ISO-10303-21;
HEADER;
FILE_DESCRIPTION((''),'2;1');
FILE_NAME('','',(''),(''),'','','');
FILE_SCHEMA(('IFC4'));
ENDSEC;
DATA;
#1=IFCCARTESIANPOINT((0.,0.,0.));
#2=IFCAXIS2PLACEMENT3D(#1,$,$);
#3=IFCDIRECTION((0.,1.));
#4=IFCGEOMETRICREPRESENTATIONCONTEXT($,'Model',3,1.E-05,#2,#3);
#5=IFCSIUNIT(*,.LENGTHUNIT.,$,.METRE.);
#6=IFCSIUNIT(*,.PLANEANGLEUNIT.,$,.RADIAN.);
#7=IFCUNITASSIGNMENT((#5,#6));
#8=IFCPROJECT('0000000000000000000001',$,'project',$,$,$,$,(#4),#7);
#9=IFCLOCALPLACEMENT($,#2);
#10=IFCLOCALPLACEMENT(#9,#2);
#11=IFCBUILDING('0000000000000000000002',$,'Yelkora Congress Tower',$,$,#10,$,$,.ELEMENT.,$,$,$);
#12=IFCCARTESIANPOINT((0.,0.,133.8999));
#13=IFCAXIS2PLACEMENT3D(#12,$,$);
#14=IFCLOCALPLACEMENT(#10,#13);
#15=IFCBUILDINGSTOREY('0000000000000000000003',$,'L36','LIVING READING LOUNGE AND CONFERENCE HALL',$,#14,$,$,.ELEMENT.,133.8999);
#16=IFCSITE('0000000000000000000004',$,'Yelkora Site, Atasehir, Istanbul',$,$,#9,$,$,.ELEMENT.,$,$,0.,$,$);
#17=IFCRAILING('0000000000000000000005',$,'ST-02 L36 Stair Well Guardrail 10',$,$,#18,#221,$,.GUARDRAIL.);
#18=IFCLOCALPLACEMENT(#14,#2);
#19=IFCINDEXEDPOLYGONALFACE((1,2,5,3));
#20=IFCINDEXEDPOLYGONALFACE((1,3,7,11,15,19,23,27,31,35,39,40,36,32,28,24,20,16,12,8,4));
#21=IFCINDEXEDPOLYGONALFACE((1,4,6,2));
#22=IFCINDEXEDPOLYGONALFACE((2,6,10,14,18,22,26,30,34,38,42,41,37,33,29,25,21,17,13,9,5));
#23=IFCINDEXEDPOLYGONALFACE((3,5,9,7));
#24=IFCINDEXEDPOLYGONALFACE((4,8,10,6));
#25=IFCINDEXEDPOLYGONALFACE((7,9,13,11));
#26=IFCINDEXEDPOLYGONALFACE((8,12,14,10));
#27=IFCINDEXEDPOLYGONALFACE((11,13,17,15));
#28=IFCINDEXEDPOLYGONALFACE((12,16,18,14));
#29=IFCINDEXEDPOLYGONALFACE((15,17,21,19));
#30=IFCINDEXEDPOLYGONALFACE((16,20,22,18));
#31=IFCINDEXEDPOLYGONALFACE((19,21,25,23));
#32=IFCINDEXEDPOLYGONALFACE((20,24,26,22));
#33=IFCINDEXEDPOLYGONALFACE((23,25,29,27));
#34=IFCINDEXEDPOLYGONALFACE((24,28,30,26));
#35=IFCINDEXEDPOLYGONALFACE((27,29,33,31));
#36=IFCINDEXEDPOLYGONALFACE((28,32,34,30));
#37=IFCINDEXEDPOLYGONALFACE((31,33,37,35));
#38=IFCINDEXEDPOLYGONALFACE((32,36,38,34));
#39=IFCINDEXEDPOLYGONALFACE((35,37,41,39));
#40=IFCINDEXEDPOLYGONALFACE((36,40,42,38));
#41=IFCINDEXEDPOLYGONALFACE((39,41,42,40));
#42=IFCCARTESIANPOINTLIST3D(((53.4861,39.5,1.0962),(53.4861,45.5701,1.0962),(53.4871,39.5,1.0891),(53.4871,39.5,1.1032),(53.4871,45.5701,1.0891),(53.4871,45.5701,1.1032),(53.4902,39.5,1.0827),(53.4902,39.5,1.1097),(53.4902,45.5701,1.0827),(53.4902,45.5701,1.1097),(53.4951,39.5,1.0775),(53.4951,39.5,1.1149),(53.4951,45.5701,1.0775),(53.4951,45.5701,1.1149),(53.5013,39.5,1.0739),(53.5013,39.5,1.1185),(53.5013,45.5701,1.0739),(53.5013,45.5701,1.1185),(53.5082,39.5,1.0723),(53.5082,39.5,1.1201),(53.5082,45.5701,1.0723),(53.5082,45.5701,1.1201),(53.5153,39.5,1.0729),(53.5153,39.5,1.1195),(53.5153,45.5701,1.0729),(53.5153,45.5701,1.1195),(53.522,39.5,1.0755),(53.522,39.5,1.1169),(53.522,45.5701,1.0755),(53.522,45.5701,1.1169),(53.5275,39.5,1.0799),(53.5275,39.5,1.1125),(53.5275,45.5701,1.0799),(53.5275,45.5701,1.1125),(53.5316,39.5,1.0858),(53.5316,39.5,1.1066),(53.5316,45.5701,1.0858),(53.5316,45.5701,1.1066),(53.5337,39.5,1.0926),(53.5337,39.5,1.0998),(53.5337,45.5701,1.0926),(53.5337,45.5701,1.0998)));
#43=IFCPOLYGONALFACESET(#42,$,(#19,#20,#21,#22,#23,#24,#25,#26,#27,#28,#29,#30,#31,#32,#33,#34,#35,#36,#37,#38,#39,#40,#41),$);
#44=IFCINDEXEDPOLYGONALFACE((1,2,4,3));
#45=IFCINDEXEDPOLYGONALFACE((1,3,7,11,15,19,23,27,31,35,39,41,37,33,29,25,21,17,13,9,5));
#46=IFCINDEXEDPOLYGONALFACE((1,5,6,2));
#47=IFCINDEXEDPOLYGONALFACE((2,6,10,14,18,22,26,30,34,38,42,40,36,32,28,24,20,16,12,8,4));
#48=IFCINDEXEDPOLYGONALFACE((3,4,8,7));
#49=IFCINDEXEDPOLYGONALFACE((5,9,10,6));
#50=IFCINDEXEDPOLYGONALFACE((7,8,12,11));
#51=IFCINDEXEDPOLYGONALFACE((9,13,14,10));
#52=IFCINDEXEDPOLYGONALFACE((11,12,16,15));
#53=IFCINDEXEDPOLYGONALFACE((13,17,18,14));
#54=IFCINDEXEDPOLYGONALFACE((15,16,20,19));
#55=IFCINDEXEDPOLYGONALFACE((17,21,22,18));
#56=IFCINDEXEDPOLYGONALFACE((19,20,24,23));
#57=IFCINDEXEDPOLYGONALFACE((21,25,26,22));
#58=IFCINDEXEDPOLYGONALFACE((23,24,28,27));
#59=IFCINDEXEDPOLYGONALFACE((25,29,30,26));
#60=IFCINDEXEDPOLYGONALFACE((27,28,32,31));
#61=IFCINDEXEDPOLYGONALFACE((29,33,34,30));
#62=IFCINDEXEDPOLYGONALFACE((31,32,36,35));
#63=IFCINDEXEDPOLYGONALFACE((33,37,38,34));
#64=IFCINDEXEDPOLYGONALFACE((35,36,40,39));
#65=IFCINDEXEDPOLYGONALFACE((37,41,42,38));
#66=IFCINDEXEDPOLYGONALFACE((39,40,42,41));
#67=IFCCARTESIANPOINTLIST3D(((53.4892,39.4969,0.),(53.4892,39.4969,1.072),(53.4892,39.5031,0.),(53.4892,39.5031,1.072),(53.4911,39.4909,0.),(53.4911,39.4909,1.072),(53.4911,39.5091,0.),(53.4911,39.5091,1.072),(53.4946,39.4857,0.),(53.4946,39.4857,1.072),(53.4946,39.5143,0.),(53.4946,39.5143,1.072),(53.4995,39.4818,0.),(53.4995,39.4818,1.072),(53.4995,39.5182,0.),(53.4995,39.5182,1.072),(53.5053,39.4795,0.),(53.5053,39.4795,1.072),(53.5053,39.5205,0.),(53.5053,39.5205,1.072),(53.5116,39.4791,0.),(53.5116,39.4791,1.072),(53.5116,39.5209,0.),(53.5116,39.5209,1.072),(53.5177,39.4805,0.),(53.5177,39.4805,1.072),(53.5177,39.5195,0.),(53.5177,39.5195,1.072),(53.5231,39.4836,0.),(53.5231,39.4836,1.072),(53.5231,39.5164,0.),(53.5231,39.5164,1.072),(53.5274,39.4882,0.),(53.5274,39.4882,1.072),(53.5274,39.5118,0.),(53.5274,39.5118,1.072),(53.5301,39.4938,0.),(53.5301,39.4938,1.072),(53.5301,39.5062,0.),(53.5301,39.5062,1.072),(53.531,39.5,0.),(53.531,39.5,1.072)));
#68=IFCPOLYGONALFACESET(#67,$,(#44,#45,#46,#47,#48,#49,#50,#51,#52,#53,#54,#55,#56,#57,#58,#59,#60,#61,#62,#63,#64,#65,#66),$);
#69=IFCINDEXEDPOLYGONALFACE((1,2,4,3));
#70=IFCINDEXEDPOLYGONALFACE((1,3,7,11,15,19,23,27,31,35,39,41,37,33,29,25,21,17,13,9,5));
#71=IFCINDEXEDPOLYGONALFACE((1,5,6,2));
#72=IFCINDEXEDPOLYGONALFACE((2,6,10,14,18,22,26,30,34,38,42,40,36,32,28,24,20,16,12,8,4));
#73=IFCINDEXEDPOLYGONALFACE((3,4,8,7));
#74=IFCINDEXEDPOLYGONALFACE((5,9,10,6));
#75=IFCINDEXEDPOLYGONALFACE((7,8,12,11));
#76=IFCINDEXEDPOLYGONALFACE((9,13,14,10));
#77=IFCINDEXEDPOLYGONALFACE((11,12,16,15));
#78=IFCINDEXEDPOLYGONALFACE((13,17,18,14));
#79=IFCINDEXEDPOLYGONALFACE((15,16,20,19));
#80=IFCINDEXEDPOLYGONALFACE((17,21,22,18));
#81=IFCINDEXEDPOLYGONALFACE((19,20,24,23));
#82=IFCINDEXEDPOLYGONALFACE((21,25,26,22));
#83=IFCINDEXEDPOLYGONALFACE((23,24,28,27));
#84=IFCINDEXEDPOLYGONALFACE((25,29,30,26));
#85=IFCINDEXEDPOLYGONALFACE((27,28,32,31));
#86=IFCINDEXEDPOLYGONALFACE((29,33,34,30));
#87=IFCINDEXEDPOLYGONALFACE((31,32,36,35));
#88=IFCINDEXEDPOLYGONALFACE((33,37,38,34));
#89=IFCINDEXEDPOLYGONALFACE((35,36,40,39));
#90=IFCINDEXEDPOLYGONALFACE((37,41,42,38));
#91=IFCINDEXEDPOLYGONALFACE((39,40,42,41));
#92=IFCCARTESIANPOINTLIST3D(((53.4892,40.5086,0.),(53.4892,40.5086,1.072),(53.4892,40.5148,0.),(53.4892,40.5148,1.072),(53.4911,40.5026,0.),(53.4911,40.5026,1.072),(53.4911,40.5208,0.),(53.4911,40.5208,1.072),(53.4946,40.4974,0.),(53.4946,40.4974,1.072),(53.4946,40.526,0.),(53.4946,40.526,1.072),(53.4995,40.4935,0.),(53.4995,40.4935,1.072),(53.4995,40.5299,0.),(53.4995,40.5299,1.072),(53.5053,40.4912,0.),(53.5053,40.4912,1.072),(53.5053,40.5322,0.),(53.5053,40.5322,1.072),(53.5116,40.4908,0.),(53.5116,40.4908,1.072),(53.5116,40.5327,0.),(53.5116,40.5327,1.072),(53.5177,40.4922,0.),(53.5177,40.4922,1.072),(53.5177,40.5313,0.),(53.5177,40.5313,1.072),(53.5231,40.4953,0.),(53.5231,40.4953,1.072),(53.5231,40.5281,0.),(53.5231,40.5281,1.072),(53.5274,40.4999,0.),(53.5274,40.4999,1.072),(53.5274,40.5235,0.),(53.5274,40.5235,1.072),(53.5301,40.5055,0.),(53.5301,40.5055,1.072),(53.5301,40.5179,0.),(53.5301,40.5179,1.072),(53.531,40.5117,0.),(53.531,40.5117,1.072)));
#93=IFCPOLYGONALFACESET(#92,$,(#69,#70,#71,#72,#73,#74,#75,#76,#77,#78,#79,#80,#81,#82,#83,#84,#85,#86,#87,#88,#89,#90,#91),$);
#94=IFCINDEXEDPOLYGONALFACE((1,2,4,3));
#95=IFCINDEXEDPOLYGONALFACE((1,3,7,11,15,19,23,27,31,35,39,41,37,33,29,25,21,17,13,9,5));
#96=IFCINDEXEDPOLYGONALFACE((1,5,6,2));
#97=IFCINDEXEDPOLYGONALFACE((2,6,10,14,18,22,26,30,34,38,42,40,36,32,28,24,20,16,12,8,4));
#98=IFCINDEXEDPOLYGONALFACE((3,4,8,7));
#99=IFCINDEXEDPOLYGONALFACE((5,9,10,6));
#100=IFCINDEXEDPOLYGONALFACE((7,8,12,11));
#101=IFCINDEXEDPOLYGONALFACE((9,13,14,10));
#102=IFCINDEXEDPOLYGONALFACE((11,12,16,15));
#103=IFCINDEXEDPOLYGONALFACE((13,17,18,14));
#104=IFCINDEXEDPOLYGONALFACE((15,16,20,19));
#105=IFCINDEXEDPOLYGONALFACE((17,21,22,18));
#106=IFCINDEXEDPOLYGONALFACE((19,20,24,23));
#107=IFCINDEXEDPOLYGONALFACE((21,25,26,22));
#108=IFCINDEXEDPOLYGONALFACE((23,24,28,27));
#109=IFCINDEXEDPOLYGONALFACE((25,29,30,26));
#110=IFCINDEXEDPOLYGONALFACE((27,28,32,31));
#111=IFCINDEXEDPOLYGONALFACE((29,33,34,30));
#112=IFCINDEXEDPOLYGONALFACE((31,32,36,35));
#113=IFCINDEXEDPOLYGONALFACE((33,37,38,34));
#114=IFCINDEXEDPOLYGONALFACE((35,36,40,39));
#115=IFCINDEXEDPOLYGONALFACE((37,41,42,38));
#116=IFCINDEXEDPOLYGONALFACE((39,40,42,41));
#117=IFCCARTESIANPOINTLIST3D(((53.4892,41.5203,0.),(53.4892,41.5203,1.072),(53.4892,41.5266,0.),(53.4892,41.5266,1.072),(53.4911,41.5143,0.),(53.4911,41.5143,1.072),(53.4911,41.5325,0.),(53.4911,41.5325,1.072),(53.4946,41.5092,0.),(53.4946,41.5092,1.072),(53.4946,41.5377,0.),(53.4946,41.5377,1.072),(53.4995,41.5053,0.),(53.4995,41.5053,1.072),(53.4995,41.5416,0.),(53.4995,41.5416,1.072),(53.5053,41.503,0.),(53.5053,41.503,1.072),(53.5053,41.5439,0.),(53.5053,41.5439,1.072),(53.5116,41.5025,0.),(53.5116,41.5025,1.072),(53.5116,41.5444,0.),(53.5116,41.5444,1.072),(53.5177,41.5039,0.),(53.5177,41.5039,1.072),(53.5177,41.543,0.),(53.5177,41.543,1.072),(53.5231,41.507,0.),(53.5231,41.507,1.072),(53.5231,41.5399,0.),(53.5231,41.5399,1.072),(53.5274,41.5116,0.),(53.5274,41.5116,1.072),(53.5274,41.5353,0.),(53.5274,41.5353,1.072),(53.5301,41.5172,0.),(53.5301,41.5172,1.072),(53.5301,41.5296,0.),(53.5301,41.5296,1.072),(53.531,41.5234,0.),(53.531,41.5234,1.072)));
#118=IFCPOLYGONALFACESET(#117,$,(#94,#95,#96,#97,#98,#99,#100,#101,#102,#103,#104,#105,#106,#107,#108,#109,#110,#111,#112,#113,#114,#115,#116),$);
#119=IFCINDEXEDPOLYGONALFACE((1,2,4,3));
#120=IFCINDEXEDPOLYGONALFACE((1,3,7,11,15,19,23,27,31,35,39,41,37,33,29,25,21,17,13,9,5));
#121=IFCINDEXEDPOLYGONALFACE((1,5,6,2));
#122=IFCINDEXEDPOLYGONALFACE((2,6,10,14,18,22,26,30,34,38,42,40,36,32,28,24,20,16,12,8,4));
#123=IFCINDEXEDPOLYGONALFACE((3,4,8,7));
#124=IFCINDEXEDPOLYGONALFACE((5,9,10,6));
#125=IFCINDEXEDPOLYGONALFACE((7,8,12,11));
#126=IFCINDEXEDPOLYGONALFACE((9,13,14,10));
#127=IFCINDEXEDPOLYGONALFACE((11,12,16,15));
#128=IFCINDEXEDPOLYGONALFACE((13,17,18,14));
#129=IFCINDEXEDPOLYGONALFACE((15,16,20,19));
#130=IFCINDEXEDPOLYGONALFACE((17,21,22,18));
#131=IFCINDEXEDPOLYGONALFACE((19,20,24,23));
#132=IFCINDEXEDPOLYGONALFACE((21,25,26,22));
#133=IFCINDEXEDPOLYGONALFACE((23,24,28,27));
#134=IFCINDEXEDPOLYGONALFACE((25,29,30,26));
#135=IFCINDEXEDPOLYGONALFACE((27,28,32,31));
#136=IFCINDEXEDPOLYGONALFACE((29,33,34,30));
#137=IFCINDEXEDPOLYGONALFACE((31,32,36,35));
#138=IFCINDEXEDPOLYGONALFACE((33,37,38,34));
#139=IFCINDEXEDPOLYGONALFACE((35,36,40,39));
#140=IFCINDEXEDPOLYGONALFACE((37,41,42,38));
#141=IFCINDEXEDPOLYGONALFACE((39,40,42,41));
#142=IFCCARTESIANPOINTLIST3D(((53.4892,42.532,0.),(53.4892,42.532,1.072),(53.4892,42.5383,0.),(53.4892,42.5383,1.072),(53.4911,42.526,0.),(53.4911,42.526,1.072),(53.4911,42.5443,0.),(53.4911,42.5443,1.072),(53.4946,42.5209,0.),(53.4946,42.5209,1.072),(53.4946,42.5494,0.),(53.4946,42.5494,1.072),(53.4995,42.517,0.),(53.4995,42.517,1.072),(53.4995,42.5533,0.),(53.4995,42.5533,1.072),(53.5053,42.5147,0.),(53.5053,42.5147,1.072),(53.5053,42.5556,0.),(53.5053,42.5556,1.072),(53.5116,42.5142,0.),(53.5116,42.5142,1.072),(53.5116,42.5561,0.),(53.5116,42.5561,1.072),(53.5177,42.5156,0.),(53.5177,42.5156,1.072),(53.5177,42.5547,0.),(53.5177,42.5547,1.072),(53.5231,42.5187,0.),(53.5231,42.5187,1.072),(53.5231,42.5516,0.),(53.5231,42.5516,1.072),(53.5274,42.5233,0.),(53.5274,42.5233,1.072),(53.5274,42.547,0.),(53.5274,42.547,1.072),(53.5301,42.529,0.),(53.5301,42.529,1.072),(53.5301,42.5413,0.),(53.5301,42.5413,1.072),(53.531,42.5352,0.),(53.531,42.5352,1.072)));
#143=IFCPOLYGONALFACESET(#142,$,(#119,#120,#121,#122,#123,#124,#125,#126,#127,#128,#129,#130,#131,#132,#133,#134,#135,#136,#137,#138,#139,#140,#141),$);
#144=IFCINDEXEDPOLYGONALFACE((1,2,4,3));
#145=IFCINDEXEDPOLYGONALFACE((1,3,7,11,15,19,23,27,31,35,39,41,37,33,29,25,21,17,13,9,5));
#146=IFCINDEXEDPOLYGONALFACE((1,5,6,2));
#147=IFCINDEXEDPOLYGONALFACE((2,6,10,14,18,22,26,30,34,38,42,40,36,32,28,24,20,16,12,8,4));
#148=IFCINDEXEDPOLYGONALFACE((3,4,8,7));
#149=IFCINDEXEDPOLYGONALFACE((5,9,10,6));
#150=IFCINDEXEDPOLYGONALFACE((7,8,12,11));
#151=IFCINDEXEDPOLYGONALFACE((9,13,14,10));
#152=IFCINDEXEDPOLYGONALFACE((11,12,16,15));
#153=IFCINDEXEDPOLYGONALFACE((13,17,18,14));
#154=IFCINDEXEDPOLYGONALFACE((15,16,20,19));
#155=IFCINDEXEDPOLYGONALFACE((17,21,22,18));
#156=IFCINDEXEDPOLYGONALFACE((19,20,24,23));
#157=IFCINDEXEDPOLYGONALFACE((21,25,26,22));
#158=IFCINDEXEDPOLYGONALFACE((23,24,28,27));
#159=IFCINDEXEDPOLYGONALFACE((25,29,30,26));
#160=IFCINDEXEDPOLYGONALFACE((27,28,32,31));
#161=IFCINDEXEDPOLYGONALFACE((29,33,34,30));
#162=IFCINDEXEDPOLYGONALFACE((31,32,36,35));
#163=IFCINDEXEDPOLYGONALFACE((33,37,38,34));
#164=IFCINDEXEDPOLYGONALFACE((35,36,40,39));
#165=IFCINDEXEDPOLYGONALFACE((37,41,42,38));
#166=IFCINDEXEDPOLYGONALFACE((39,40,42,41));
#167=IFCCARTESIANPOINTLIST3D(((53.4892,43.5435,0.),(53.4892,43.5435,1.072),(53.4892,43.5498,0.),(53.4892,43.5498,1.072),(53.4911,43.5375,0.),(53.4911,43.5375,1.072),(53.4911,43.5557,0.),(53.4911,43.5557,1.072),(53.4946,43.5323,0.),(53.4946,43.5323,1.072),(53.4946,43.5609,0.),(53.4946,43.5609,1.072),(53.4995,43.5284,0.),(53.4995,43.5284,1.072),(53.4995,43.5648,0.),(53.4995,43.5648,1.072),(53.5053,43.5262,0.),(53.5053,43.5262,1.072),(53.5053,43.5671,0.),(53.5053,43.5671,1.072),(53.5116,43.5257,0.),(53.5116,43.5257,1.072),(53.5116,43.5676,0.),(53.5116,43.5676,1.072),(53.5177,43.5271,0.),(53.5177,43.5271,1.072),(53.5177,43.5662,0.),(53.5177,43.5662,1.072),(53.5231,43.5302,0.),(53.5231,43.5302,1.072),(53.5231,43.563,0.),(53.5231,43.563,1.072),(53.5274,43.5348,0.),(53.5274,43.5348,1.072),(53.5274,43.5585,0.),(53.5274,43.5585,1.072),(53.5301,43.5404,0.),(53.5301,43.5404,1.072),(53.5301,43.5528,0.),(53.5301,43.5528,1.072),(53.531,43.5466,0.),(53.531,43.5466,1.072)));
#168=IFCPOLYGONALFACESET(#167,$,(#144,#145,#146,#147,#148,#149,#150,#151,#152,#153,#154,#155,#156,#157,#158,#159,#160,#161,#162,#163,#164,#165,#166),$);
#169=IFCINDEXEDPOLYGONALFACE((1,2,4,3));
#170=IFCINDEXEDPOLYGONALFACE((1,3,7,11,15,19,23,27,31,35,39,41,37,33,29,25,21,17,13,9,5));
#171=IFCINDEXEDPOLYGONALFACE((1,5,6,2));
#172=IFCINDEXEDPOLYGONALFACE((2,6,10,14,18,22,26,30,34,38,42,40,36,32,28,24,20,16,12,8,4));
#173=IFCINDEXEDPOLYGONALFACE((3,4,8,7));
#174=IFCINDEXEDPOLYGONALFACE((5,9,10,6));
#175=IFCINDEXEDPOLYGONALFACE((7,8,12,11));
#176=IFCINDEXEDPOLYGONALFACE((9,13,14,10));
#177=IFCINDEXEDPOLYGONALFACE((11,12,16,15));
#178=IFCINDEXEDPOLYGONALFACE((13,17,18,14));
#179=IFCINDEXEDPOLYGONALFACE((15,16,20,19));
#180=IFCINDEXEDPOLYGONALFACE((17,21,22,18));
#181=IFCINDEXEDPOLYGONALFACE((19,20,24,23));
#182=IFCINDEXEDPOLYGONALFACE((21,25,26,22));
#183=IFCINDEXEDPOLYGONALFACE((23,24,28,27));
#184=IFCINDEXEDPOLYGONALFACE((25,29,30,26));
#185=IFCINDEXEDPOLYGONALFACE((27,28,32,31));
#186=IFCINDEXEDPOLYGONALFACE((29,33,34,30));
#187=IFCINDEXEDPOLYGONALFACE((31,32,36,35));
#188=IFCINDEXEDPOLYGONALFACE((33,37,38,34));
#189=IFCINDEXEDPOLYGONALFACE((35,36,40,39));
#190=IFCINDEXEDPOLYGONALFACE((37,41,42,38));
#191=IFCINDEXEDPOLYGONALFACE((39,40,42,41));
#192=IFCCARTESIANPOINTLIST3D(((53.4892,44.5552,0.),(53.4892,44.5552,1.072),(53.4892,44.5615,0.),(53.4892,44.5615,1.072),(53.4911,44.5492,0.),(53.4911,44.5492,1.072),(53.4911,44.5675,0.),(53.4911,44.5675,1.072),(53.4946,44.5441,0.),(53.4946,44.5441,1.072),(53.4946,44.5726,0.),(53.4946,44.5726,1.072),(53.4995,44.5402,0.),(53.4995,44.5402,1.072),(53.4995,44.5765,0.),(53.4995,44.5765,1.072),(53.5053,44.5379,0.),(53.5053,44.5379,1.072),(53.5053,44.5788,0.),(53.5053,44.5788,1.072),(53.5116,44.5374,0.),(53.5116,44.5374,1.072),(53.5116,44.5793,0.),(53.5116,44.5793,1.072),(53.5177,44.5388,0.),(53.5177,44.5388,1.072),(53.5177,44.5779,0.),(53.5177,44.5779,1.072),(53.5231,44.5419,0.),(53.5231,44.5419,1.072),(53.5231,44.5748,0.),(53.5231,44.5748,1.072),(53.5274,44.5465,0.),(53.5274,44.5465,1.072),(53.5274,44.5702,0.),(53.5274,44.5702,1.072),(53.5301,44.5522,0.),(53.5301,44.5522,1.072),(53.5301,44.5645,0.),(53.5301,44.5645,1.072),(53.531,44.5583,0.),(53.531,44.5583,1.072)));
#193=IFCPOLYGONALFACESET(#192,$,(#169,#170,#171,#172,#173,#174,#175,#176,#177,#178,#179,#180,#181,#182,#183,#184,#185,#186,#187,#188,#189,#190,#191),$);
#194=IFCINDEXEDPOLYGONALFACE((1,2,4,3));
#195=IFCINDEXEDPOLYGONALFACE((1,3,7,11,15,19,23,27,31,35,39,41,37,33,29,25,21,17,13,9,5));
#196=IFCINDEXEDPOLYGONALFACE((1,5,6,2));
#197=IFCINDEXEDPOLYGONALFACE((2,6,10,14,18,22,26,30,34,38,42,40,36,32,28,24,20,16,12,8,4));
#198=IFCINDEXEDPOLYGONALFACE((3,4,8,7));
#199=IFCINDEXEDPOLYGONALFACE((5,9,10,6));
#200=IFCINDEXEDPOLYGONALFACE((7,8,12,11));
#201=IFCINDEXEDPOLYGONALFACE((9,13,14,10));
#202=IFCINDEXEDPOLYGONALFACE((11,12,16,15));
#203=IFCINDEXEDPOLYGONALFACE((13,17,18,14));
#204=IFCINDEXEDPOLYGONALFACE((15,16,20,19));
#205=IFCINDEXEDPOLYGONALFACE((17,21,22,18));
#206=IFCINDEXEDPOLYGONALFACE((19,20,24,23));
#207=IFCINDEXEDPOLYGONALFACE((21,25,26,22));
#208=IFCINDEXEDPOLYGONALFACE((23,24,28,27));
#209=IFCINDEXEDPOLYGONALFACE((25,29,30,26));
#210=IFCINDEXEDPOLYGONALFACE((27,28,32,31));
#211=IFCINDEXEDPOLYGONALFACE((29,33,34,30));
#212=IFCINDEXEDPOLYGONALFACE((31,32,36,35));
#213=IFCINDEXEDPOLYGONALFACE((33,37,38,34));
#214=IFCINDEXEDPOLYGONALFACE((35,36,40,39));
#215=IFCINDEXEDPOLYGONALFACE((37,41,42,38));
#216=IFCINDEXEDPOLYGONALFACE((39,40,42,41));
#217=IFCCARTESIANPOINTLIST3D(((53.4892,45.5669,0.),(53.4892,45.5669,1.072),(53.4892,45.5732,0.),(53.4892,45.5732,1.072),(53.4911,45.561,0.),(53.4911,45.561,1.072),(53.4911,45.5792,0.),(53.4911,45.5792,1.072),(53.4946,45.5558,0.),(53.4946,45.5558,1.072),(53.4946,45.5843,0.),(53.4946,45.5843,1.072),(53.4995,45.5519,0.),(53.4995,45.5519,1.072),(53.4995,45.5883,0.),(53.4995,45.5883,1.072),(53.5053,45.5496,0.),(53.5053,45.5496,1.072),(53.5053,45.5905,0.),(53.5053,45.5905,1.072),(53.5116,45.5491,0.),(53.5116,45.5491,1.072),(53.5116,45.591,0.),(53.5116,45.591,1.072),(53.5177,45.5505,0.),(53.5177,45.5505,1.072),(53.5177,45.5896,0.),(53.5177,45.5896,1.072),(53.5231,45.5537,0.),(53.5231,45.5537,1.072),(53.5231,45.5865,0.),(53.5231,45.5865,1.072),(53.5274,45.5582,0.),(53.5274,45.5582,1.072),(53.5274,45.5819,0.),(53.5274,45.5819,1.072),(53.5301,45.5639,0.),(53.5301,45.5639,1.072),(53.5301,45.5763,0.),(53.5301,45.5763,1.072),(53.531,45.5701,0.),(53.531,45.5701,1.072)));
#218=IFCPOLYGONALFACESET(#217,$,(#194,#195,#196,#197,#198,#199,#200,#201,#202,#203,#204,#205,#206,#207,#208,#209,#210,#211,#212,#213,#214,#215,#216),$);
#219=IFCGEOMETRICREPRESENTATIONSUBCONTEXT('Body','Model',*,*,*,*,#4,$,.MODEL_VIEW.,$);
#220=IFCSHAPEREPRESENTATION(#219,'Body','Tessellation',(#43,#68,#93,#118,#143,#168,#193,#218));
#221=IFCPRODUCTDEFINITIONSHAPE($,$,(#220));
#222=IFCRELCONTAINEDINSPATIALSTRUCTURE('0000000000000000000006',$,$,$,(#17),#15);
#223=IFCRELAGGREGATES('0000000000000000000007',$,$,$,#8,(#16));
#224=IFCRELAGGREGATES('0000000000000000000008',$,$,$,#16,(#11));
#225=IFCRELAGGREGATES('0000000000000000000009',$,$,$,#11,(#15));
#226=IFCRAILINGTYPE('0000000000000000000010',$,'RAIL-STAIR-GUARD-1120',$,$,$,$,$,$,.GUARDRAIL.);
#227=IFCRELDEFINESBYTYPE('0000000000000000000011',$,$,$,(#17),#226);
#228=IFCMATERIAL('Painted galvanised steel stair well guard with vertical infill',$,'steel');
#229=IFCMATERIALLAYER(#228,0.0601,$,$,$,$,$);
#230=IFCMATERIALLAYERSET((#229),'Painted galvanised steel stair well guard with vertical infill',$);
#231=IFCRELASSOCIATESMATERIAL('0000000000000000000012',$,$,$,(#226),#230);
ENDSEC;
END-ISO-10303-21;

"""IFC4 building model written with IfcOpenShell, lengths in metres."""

from ifc_helpers import new_model, si_unit, direction, frame, origin, origin_2d, place, context, subcontext, project, spatial, circle, extrude, material, layer, layer_set, type_object, element, save


model = new_model("IFC4")

# Units and contexts
model_context = context("Model", 3, precision=1e-05, world=origin(), true_north=direction((0.0, 1.0)))
body_context = subcontext(model_context, "Body", "Model", "MODEL_VIEW")
ifc_project = project(units=[si_unit("LENGTHUNIT", "METRE"), si_unit("PLANEANGLEUNIT", "RADIAN")], contexts=[model_context])

# Site, building, storey
site_placement = place(None, origin())
site = spatial("IfcSite", under=ifc_project, at=site_placement, Name="Yelkora Site, Atasehir, Istanbul", CompositionType="ELEMENT", RefElevation=0.0)
building_placement = place(site_placement, origin())
building = spatial("IfcBuilding", under=site, at=building_placement, Name="Yelkora Congress Tower", CompositionType="ELEMENT")
storey_placement = place(building_placement, frame((0.0, 0.0, 133.8999)))
storey = spatial("IfcBuildingStorey", under=building, at=storey_placement, Name="L36", Description="LIVING READING LOUNGE AND CONFERENCE HALL", CompositionType="ELEMENT", Elevation=133.8999)

# Railing
ifc_material_1 = material(Name="Painted galvanised steel stair well guard with vertical infill", Category="steel")
ifc_layer_1 = layer(ifc_material_1, 0.0601)
ifc_layer_set_1 = layer_set([ifc_layer_1], Name="Painted galvanised steel stair well guard with vertical infill")
railing_type = type_object("IfcRailingType", Name="RAIL-STAIR-GUARD-1120", PredefinedType="GUARDRAIL", material=ifc_layer_set_1)
railing_1_placement = place(storey_placement, frame((53.51, 39.5, 0.0)))
element("IfcRailing", 1, at=railing_1_placement, inside=storey, type_object=railing_type, Name="ST-02 L36 Stair Well Guardrail 10", PredefinedType="GUARDRAIL", context=body_context, shape_type="SweptSolid", body=[
    extrude(circle(Radius=0.0239, at=origin_2d()), frame((0.0, 0.0, 1.0962), z_axis=(0.0, 1.0, 0.0), x_axis=(-1.0, 0.0, 0.0)), (0.0, 0.0, 1.0), 6.0701),
    extrude(circle(Radius=0.021, at=origin_2d()), origin(), (0.0, 0.0, 1.0), 1.072),
    extrude(circle(Radius=0.021, at=origin_2d()), frame((0.0, 1.0117, 0.0)), (0.0, 0.0, 1.0), 1.072),
    extrude(circle(Radius=0.021, at=origin_2d()), frame((0.0, 2.0234, 0.0)), (0.0, 0.0, 1.0), 1.072),
    extrude(circle(Radius=0.021, at=origin_2d()), frame((0.0, 3.0352, 0.0)), (0.0, 0.0, 1.0), 1.072),
    extrude(circle(Radius=0.021, at=origin_2d()), frame((0.0, 4.0466, 0.0)), (0.0, 0.0, 1.0), 1.072),
    extrude(circle(Radius=0.021, at=origin_2d()), frame((0.0, 5.0583, 0.0)), (0.0, 0.0, 1.0), 1.072),
    extrude(circle(Radius=0.021, at=origin_2d()), frame((0.0, 6.0701, 0.0)), (0.0, 0.0, 1.0), 1.072),
])

save(model, "model.ifc")
